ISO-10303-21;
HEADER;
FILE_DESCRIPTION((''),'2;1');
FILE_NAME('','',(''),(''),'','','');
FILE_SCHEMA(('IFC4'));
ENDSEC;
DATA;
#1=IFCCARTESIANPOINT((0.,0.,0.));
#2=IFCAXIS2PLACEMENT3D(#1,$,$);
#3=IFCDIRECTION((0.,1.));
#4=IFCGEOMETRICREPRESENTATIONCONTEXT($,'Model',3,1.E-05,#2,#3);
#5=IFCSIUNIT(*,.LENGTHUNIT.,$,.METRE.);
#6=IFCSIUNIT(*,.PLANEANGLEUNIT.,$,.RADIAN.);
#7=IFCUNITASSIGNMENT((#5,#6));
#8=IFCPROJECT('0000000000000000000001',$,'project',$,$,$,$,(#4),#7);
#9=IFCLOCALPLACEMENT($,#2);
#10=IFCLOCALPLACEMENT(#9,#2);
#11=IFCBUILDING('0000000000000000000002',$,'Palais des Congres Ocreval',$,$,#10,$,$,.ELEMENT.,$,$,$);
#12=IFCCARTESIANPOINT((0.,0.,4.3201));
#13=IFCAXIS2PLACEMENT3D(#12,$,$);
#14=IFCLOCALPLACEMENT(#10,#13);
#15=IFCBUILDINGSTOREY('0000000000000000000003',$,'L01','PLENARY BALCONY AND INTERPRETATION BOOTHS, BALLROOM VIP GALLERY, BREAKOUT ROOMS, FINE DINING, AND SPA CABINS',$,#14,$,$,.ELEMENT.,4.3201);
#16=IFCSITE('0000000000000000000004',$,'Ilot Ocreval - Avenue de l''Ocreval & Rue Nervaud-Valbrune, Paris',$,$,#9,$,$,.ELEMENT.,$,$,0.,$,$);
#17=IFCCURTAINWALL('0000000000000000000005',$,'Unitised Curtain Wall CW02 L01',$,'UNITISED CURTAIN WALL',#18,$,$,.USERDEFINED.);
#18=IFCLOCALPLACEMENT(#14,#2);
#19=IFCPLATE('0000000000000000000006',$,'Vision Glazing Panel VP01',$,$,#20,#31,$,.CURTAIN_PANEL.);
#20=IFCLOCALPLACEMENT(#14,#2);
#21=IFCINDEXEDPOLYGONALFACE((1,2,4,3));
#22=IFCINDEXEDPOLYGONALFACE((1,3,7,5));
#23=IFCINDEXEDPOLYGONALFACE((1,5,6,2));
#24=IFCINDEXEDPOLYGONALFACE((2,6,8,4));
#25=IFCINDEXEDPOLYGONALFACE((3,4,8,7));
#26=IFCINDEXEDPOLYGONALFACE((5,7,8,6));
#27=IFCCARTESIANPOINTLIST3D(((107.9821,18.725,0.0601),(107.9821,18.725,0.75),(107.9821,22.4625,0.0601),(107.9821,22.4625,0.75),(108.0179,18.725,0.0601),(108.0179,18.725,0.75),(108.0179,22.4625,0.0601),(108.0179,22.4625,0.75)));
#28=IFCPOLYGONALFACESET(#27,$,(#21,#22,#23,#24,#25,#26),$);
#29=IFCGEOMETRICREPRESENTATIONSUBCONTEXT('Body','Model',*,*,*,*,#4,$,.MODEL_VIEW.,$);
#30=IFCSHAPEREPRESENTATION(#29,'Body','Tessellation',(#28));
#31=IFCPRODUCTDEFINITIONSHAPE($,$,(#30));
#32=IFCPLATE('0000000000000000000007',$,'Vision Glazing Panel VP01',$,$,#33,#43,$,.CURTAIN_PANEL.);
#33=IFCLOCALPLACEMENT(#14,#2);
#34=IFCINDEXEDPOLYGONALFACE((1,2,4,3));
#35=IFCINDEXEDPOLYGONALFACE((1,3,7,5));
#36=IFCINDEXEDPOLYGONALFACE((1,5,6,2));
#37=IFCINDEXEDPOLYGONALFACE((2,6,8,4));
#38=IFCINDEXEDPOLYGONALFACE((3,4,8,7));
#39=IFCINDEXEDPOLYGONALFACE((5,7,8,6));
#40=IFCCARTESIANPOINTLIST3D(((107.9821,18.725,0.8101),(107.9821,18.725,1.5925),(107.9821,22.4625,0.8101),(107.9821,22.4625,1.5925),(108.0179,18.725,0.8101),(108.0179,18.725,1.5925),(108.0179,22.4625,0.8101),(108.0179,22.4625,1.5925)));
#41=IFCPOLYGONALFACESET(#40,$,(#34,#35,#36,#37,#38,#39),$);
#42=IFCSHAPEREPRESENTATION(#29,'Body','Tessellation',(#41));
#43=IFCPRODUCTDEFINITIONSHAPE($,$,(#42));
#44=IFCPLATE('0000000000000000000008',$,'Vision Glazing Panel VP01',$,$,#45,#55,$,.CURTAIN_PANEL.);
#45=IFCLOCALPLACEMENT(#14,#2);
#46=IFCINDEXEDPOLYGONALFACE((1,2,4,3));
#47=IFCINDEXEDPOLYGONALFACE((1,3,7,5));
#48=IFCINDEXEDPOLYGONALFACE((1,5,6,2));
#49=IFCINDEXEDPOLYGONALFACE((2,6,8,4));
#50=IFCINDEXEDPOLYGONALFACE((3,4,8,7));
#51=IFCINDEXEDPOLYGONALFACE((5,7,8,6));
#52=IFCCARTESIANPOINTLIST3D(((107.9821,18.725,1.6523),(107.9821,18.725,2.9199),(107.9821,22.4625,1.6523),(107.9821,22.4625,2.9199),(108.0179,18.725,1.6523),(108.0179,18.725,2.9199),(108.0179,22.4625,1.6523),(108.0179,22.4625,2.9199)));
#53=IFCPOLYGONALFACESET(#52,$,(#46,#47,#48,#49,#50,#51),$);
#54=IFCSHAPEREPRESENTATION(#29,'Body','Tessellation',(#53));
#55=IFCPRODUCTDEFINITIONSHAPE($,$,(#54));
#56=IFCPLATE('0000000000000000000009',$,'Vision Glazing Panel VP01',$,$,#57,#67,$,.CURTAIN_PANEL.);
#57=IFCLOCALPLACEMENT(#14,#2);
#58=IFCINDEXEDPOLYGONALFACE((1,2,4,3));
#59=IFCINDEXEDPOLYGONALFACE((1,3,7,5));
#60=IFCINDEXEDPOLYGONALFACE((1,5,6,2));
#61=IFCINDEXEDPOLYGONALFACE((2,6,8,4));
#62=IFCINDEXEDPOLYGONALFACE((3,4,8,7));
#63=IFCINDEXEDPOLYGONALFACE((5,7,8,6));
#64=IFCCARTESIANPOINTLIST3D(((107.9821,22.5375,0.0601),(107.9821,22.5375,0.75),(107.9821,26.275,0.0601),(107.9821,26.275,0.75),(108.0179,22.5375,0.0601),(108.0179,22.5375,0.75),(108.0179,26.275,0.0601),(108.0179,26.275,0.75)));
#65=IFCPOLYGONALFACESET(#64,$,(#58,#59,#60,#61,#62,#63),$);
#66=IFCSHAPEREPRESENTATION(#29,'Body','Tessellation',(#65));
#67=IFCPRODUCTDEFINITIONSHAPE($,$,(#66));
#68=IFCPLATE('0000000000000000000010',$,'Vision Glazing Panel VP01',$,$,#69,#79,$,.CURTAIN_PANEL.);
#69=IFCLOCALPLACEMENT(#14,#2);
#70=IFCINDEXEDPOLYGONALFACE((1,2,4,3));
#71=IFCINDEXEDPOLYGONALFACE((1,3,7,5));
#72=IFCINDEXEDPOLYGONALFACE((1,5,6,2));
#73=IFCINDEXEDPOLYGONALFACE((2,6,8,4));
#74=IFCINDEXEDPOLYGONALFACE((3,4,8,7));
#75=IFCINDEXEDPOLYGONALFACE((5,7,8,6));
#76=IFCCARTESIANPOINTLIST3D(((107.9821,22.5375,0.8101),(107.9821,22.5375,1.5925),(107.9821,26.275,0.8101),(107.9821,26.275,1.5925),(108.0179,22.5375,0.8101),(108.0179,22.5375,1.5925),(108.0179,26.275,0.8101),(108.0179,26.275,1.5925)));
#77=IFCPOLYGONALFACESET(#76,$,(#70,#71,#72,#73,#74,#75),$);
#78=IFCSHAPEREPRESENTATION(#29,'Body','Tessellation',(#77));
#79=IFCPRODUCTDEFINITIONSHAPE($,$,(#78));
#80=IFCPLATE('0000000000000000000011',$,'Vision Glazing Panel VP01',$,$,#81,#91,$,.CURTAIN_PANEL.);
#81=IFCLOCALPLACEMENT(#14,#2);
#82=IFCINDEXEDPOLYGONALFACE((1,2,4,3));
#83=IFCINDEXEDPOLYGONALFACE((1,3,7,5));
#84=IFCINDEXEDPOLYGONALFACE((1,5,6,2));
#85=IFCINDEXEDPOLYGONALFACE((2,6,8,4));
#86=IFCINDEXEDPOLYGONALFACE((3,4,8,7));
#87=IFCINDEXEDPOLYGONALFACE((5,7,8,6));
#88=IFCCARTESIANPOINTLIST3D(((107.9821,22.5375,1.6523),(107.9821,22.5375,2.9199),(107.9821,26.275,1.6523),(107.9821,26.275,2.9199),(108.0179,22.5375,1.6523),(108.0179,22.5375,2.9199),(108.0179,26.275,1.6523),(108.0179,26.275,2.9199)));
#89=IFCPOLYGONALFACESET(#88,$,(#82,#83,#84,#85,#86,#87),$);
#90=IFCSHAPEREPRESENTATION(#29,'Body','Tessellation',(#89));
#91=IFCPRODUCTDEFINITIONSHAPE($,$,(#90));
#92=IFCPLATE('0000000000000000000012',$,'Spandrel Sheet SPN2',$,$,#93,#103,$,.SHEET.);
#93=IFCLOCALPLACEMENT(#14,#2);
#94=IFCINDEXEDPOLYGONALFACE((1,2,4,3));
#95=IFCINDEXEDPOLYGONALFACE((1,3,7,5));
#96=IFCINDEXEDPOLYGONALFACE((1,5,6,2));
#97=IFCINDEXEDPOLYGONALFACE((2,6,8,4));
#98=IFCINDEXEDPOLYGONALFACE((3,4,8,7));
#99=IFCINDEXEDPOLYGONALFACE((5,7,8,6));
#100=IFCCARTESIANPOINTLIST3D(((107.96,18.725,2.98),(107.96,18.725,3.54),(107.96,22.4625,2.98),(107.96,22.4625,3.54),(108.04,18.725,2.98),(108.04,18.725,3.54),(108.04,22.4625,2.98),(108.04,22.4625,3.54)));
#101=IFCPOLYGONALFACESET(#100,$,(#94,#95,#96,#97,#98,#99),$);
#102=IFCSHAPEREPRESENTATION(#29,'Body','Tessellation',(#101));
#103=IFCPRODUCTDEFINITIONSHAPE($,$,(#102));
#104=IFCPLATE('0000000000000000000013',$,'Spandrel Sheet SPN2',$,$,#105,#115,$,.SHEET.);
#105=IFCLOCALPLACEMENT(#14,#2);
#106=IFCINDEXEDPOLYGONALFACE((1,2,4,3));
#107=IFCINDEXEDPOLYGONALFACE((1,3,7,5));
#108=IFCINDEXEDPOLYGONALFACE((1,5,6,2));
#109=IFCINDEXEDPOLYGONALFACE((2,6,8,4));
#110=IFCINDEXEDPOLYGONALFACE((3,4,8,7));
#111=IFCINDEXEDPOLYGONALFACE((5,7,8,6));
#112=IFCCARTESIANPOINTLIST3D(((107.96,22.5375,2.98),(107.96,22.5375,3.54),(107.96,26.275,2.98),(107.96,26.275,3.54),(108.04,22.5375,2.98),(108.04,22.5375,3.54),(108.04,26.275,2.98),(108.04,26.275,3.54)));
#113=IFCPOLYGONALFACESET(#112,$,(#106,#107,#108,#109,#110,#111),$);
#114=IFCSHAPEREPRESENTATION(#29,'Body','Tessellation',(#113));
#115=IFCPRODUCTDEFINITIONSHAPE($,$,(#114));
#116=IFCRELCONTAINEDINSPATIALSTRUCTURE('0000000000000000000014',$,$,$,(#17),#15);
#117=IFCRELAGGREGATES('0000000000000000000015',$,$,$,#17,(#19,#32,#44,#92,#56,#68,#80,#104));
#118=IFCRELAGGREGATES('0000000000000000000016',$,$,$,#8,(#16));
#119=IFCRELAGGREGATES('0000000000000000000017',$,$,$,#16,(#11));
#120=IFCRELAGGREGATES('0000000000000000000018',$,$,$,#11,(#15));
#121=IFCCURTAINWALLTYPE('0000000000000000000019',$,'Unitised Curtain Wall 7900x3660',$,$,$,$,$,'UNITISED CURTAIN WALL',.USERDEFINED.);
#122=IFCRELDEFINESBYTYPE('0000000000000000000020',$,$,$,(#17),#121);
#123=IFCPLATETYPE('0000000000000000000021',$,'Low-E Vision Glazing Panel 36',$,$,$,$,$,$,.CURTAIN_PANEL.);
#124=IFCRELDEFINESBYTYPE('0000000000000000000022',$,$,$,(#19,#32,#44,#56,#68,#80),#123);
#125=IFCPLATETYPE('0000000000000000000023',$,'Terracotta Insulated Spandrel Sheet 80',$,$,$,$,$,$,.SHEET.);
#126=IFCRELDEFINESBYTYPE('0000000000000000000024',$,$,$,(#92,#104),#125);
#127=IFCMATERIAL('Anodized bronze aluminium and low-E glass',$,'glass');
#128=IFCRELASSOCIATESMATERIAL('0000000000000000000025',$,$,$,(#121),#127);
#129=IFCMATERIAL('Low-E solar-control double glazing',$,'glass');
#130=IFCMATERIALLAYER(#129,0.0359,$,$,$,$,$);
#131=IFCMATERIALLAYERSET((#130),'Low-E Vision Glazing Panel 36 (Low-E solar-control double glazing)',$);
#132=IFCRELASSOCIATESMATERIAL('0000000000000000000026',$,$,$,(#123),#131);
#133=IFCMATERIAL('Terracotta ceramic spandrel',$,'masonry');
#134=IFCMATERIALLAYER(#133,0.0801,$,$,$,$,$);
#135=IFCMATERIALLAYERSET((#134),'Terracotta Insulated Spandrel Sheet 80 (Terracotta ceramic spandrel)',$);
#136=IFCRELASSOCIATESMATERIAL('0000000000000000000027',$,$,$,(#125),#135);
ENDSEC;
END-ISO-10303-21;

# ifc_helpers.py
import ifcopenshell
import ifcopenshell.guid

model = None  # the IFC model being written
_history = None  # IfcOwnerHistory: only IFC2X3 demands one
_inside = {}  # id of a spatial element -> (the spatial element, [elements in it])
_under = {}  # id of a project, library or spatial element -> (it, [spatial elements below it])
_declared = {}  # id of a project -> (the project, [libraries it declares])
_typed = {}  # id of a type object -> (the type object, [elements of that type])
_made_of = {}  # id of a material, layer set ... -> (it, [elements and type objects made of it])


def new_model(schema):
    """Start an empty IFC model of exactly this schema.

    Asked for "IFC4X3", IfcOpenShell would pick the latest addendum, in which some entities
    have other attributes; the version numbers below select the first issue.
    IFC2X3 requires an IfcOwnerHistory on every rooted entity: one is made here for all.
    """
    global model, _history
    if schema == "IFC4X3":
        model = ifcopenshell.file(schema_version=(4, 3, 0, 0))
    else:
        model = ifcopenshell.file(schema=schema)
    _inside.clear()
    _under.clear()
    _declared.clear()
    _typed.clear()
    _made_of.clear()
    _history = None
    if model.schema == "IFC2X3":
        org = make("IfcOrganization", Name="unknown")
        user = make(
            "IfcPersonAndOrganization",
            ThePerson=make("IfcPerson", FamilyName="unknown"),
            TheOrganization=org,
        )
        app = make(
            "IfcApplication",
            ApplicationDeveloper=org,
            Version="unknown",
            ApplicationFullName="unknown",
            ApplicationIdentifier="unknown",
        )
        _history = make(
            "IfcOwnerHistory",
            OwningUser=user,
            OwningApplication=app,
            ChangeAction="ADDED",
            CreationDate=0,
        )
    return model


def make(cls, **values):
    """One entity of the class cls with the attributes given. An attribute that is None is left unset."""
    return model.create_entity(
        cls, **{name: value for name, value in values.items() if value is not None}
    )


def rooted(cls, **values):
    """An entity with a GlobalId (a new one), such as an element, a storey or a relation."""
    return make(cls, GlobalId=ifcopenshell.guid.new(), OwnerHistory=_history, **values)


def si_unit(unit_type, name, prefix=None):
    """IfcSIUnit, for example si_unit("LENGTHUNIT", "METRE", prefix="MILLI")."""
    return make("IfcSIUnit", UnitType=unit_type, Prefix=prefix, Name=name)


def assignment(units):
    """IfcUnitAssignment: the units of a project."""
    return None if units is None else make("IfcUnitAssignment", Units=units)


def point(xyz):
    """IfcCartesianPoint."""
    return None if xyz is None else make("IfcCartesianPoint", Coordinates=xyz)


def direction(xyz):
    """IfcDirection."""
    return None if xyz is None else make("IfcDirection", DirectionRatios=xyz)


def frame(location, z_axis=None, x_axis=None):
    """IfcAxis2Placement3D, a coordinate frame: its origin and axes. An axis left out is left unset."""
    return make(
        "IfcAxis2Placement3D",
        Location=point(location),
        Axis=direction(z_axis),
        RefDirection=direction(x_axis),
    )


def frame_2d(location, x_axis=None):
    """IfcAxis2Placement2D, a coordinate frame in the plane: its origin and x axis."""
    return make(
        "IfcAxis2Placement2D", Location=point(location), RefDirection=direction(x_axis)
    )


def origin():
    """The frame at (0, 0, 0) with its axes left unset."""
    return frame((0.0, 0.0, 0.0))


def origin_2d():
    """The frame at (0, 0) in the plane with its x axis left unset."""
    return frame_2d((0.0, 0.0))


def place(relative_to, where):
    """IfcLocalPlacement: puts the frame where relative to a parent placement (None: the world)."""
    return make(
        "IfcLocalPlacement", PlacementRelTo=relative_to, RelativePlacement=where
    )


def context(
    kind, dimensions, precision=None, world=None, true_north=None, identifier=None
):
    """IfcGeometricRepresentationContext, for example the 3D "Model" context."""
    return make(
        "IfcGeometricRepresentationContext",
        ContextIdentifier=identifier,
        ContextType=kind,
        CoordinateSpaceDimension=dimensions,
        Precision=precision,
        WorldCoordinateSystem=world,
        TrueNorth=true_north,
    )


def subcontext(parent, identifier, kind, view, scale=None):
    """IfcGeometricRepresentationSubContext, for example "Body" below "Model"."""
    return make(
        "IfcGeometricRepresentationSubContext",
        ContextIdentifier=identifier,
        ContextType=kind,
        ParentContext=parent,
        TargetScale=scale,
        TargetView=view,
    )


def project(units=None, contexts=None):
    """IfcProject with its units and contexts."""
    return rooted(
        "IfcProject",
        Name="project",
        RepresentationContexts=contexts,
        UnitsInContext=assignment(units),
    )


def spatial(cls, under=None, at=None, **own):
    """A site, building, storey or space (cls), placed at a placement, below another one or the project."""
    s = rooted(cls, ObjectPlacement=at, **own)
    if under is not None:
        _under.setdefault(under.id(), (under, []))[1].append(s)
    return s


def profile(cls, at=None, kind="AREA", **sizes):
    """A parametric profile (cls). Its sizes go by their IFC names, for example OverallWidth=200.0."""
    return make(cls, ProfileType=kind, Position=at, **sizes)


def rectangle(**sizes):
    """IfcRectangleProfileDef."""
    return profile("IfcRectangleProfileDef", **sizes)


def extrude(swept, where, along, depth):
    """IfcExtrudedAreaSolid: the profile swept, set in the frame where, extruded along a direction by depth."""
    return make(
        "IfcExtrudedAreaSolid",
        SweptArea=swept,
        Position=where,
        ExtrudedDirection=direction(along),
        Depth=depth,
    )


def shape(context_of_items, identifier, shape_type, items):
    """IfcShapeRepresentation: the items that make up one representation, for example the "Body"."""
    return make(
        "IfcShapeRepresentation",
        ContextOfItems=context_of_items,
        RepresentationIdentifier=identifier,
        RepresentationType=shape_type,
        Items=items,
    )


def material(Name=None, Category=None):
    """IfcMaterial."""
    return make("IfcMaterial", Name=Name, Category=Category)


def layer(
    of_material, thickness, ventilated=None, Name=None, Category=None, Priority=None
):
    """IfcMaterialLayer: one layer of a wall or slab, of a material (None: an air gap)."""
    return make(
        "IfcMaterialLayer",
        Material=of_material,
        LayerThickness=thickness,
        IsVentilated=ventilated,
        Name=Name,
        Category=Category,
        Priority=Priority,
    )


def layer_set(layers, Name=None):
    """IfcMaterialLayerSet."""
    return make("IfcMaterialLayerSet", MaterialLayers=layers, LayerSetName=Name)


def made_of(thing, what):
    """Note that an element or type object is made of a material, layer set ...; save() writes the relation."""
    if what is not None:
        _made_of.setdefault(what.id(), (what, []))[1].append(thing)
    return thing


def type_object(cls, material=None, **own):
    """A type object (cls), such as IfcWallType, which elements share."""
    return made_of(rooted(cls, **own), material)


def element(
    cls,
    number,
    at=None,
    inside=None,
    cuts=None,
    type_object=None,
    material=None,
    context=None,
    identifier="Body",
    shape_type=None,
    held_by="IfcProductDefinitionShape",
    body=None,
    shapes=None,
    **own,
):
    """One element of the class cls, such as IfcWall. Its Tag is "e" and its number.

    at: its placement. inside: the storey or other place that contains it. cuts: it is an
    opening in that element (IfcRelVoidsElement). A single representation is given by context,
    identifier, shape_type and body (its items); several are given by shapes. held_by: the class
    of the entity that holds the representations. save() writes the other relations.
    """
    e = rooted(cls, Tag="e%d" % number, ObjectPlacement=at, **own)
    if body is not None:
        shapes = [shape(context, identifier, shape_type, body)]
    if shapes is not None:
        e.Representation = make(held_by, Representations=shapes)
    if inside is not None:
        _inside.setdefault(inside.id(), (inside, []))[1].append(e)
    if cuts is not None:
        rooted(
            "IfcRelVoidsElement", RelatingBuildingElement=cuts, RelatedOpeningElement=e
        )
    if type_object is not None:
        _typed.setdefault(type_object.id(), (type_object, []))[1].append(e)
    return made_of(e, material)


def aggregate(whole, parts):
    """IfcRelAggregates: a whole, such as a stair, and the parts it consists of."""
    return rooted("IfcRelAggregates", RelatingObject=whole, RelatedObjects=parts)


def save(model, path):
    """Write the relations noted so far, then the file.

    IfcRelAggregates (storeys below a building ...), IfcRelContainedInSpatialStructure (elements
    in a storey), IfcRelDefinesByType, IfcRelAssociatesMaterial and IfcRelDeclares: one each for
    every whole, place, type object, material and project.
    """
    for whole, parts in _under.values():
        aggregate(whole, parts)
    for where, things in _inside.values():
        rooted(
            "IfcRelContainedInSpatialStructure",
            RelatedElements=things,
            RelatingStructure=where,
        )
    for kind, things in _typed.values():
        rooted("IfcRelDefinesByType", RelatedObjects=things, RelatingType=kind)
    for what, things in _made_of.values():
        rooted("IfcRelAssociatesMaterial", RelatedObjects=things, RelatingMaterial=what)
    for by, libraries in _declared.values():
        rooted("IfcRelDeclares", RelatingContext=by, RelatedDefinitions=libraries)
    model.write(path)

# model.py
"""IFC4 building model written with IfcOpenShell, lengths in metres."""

from ifc_helpers import new_model, si_unit, direction, frame, origin, origin_2d, place, context, subcontext, project, spatial, rectangle, extrude, material, layer, layer_set, type_object, element, aggregate, save


model = new_model("IFC4")

# Units and contexts
model_context = context("Model", 3, precision=1e-05, world=origin(), true_north=direction((0.0, 1.0)))
body_context = subcontext(model_context, "Body", "Model", "MODEL_VIEW")
ifc_project = project(units=[si_unit("LENGTHUNIT", "METRE"), si_unit("PLANEANGLEUNIT", "RADIAN")], contexts=[model_context])

# Site, building, storey
site_placement = place(None, origin())
site = spatial("IfcSite", under=ifc_project, at=site_placement, Name="Ilot Ocreval - Avenue de l'Ocreval & Rue Nervaud-Valbrune, Paris", CompositionType="ELEMENT", RefElevation=0.0)
building_placement = place(site_placement, origin())
building = spatial("IfcBuilding", under=site, at=building_placement, Name="Palais des Congres Ocreval", CompositionType="ELEMENT")
storey_placement = place(building_placement, frame((0.0, 0.0, 4.3201)))
storey = spatial("IfcBuildingStorey", under=building, at=storey_placement, Name="L01", Description="PLENARY BALCONY AND INTERPRETATION BOOTHS, BALLROOM VIP GALLERY, BREAKOUT ROOMS, FINE DINING, AND SPA CABINS", CompositionType="ELEMENT", Elevation=4.3201)

# Curtain wall
ifc_material_1 = material(Name="Anodized bronze aluminium and low-E glass", Category="glass")
curtain_wall_type = type_object("IfcCurtainWallType", Name="Unitised Curtain Wall 7900x3660", ElementType="UNITISED CURTAIN WALL", PredefinedType="USERDEFINED", material=ifc_material_1)
curtain_wall_placement = place(storey_placement, origin())
curtain_wall = element("IfcCurtainWall", 1, at=curtain_wall_placement, inside=storey, type_object=curtain_wall_type, Name="Unitised Curtain Wall CW02 L01", ObjectType="UNITISED CURTAIN WALL", PredefinedType="USERDEFINED")

# Plates
ifc_material_2 = material(Name="Low-E solar-control double glazing", Category="glass")
ifc_layer_1 = layer(ifc_material_2, 0.0359)
ifc_layer_set_1 = layer_set([ifc_layer_1], Name="Low-E Vision Glazing Panel 36 (Low-E solar-control double glazing)")
plate_type_1 = type_object("IfcPlateType", Name="Low-E Vision Glazing Panel 36", PredefinedType="CURTAIN_PANEL", material=ifc_layer_set_1)
plate_1_placement = place(storey_placement, frame((108.0, 20.5938, 0.0601), z_axis=(0.0, 0.0, 1.0), x_axis=(0.0, 1.0, 0.0)))
plate_1 = element("IfcPlate", 2, at=plate_1_placement, type_object=plate_type_1, Name="Vision Glazing Panel VP01", PredefinedType="CURTAIN_PANEL", context=body_context, shape_type="SweptSolid", body=[
    extrude(rectangle(XDim=3.7375, YDim=0.0359, at=origin_2d()), origin(), (0.0, 0.0, 1.0), 0.6899),
])
plate_2_placement = place(storey_placement, frame((108.0, 20.5938, 0.8101), z_axis=(0.0, 0.0, 1.0), x_axis=(0.0, 1.0, 0.0)))
plate_2 = element("IfcPlate", 3, at=plate_2_placement, type_object=plate_type_1, Name="Vision Glazing Panel VP01", PredefinedType="CURTAIN_PANEL", context=body_context, shape_type="SweptSolid", body=[
    extrude(rectangle(XDim=3.7375, YDim=0.0359, at=origin_2d()), origin(), (0.0, 0.0, 1.0), 0.7825),
])
plate_3_placement = place(storey_placement, frame((108.0, 20.5938, 1.6523), z_axis=(0.0, 0.0, 1.0), x_axis=(0.0, 1.0, 0.0)))
plate_3 = element("IfcPlate", 4, at=plate_3_placement, type_object=plate_type_1, Name="Vision Glazing Panel VP01", PredefinedType="CURTAIN_PANEL", context=body_context, shape_type="SweptSolid", body=[
    extrude(rectangle(XDim=3.7375, YDim=0.0359, at=origin_2d()), origin(), (0.0, 0.0, 1.0), 1.2676),
])
plate_4_placement = place(storey_placement, frame((108.0, 24.4062, 0.0601), z_axis=(0.0, 0.0, 1.0), x_axis=(0.0, 1.0, 0.0)))
plate_4 = element("IfcPlate", 5, at=plate_4_placement, type_object=plate_type_1, Name="Vision Glazing Panel VP01", PredefinedType="CURTAIN_PANEL", context=body_context, shape_type="SweptSolid", body=[
    extrude(rectangle(XDim=3.7375, YDim=0.0359, at=origin_2d()), origin(), (0.0, 0.0, 1.0), 0.6899),
])
plate_5_placement = place(storey_placement, frame((108.0, 24.4062, 0.8101), z_axis=(0.0, 0.0, 1.0), x_axis=(0.0, 1.0, 0.0)))
plate_5 = element("IfcPlate", 6, at=plate_5_placement, type_object=plate_type_1, Name="Vision Glazing Panel VP01", PredefinedType="CURTAIN_PANEL", context=body_context, shape_type="SweptSolid", body=[
    extrude(rectangle(XDim=3.7375, YDim=0.0359, at=origin_2d()), origin(), (0.0, 0.0, 1.0), 0.7825),
])
plate_6_placement = place(storey_placement, frame((108.0, 24.4062, 1.6523), z_axis=(0.0, 0.0, 1.0), x_axis=(0.0, 1.0, 0.0)))
plate_6 = element("IfcPlate", 7, at=plate_6_placement, type_object=plate_type_1, Name="Vision Glazing Panel VP01", PredefinedType="CURTAIN_PANEL", context=body_context, shape_type="SweptSolid", body=[
    extrude(rectangle(XDim=3.7375, YDim=0.0359, at=origin_2d()), origin(), (0.0, 0.0, 1.0), 1.2676),
])
ifc_material_3 = material(Name="Terracotta ceramic spandrel", Category="masonry")
ifc_layer_2 = layer(ifc_material_3, 0.0801)
ifc_layer_set_2 = layer_set([ifc_layer_2], Name="Terracotta Insulated Spandrel Sheet 80 (Terracotta ceramic spandrel)")
plate_type_2 = type_object("IfcPlateType", Name="Terracotta Insulated Spandrel Sheet 80", PredefinedType="SHEET", material=ifc_layer_set_2)
plate_7_placement = place(storey_placement, frame((108.0, 20.5938, 2.98), z_axis=(0.0, 0.0, 1.0), x_axis=(0.0, 1.0, 0.0)))
plate_7 = element("IfcPlate", 8, at=plate_7_placement, type_object=plate_type_2, Name="Spandrel Sheet SPN2", PredefinedType="SHEET", context=body_context, shape_type="SweptSolid", body=[
    extrude(rectangle(XDim=3.7375, YDim=0.0801, at=origin_2d()), origin(), (0.0, 0.0, 1.0), 0.5601),
])
plate_8_placement = place(storey_placement, frame((108.0, 24.4062, 2.98), z_axis=(0.0, 0.0, 1.0), x_axis=(0.0, 1.0, 0.0)))
plate_8 = element("IfcPlate", 9, at=plate_8_placement, type_object=plate_type_2, Name="Spandrel Sheet SPN2", PredefinedType="SHEET", context=body_context, shape_type="SweptSolid", body=[
    extrude(rectangle(XDim=3.7375, YDim=0.0801, at=origin_2d()), origin(), (0.0, 0.0, 1.0), 0.5601),
])
aggregate(curtain_wall, [plate_1, plate_2, plate_3, plate_7, plate_4, plate_5, plate_6, plate_8])

save(model, "model.ifc")
